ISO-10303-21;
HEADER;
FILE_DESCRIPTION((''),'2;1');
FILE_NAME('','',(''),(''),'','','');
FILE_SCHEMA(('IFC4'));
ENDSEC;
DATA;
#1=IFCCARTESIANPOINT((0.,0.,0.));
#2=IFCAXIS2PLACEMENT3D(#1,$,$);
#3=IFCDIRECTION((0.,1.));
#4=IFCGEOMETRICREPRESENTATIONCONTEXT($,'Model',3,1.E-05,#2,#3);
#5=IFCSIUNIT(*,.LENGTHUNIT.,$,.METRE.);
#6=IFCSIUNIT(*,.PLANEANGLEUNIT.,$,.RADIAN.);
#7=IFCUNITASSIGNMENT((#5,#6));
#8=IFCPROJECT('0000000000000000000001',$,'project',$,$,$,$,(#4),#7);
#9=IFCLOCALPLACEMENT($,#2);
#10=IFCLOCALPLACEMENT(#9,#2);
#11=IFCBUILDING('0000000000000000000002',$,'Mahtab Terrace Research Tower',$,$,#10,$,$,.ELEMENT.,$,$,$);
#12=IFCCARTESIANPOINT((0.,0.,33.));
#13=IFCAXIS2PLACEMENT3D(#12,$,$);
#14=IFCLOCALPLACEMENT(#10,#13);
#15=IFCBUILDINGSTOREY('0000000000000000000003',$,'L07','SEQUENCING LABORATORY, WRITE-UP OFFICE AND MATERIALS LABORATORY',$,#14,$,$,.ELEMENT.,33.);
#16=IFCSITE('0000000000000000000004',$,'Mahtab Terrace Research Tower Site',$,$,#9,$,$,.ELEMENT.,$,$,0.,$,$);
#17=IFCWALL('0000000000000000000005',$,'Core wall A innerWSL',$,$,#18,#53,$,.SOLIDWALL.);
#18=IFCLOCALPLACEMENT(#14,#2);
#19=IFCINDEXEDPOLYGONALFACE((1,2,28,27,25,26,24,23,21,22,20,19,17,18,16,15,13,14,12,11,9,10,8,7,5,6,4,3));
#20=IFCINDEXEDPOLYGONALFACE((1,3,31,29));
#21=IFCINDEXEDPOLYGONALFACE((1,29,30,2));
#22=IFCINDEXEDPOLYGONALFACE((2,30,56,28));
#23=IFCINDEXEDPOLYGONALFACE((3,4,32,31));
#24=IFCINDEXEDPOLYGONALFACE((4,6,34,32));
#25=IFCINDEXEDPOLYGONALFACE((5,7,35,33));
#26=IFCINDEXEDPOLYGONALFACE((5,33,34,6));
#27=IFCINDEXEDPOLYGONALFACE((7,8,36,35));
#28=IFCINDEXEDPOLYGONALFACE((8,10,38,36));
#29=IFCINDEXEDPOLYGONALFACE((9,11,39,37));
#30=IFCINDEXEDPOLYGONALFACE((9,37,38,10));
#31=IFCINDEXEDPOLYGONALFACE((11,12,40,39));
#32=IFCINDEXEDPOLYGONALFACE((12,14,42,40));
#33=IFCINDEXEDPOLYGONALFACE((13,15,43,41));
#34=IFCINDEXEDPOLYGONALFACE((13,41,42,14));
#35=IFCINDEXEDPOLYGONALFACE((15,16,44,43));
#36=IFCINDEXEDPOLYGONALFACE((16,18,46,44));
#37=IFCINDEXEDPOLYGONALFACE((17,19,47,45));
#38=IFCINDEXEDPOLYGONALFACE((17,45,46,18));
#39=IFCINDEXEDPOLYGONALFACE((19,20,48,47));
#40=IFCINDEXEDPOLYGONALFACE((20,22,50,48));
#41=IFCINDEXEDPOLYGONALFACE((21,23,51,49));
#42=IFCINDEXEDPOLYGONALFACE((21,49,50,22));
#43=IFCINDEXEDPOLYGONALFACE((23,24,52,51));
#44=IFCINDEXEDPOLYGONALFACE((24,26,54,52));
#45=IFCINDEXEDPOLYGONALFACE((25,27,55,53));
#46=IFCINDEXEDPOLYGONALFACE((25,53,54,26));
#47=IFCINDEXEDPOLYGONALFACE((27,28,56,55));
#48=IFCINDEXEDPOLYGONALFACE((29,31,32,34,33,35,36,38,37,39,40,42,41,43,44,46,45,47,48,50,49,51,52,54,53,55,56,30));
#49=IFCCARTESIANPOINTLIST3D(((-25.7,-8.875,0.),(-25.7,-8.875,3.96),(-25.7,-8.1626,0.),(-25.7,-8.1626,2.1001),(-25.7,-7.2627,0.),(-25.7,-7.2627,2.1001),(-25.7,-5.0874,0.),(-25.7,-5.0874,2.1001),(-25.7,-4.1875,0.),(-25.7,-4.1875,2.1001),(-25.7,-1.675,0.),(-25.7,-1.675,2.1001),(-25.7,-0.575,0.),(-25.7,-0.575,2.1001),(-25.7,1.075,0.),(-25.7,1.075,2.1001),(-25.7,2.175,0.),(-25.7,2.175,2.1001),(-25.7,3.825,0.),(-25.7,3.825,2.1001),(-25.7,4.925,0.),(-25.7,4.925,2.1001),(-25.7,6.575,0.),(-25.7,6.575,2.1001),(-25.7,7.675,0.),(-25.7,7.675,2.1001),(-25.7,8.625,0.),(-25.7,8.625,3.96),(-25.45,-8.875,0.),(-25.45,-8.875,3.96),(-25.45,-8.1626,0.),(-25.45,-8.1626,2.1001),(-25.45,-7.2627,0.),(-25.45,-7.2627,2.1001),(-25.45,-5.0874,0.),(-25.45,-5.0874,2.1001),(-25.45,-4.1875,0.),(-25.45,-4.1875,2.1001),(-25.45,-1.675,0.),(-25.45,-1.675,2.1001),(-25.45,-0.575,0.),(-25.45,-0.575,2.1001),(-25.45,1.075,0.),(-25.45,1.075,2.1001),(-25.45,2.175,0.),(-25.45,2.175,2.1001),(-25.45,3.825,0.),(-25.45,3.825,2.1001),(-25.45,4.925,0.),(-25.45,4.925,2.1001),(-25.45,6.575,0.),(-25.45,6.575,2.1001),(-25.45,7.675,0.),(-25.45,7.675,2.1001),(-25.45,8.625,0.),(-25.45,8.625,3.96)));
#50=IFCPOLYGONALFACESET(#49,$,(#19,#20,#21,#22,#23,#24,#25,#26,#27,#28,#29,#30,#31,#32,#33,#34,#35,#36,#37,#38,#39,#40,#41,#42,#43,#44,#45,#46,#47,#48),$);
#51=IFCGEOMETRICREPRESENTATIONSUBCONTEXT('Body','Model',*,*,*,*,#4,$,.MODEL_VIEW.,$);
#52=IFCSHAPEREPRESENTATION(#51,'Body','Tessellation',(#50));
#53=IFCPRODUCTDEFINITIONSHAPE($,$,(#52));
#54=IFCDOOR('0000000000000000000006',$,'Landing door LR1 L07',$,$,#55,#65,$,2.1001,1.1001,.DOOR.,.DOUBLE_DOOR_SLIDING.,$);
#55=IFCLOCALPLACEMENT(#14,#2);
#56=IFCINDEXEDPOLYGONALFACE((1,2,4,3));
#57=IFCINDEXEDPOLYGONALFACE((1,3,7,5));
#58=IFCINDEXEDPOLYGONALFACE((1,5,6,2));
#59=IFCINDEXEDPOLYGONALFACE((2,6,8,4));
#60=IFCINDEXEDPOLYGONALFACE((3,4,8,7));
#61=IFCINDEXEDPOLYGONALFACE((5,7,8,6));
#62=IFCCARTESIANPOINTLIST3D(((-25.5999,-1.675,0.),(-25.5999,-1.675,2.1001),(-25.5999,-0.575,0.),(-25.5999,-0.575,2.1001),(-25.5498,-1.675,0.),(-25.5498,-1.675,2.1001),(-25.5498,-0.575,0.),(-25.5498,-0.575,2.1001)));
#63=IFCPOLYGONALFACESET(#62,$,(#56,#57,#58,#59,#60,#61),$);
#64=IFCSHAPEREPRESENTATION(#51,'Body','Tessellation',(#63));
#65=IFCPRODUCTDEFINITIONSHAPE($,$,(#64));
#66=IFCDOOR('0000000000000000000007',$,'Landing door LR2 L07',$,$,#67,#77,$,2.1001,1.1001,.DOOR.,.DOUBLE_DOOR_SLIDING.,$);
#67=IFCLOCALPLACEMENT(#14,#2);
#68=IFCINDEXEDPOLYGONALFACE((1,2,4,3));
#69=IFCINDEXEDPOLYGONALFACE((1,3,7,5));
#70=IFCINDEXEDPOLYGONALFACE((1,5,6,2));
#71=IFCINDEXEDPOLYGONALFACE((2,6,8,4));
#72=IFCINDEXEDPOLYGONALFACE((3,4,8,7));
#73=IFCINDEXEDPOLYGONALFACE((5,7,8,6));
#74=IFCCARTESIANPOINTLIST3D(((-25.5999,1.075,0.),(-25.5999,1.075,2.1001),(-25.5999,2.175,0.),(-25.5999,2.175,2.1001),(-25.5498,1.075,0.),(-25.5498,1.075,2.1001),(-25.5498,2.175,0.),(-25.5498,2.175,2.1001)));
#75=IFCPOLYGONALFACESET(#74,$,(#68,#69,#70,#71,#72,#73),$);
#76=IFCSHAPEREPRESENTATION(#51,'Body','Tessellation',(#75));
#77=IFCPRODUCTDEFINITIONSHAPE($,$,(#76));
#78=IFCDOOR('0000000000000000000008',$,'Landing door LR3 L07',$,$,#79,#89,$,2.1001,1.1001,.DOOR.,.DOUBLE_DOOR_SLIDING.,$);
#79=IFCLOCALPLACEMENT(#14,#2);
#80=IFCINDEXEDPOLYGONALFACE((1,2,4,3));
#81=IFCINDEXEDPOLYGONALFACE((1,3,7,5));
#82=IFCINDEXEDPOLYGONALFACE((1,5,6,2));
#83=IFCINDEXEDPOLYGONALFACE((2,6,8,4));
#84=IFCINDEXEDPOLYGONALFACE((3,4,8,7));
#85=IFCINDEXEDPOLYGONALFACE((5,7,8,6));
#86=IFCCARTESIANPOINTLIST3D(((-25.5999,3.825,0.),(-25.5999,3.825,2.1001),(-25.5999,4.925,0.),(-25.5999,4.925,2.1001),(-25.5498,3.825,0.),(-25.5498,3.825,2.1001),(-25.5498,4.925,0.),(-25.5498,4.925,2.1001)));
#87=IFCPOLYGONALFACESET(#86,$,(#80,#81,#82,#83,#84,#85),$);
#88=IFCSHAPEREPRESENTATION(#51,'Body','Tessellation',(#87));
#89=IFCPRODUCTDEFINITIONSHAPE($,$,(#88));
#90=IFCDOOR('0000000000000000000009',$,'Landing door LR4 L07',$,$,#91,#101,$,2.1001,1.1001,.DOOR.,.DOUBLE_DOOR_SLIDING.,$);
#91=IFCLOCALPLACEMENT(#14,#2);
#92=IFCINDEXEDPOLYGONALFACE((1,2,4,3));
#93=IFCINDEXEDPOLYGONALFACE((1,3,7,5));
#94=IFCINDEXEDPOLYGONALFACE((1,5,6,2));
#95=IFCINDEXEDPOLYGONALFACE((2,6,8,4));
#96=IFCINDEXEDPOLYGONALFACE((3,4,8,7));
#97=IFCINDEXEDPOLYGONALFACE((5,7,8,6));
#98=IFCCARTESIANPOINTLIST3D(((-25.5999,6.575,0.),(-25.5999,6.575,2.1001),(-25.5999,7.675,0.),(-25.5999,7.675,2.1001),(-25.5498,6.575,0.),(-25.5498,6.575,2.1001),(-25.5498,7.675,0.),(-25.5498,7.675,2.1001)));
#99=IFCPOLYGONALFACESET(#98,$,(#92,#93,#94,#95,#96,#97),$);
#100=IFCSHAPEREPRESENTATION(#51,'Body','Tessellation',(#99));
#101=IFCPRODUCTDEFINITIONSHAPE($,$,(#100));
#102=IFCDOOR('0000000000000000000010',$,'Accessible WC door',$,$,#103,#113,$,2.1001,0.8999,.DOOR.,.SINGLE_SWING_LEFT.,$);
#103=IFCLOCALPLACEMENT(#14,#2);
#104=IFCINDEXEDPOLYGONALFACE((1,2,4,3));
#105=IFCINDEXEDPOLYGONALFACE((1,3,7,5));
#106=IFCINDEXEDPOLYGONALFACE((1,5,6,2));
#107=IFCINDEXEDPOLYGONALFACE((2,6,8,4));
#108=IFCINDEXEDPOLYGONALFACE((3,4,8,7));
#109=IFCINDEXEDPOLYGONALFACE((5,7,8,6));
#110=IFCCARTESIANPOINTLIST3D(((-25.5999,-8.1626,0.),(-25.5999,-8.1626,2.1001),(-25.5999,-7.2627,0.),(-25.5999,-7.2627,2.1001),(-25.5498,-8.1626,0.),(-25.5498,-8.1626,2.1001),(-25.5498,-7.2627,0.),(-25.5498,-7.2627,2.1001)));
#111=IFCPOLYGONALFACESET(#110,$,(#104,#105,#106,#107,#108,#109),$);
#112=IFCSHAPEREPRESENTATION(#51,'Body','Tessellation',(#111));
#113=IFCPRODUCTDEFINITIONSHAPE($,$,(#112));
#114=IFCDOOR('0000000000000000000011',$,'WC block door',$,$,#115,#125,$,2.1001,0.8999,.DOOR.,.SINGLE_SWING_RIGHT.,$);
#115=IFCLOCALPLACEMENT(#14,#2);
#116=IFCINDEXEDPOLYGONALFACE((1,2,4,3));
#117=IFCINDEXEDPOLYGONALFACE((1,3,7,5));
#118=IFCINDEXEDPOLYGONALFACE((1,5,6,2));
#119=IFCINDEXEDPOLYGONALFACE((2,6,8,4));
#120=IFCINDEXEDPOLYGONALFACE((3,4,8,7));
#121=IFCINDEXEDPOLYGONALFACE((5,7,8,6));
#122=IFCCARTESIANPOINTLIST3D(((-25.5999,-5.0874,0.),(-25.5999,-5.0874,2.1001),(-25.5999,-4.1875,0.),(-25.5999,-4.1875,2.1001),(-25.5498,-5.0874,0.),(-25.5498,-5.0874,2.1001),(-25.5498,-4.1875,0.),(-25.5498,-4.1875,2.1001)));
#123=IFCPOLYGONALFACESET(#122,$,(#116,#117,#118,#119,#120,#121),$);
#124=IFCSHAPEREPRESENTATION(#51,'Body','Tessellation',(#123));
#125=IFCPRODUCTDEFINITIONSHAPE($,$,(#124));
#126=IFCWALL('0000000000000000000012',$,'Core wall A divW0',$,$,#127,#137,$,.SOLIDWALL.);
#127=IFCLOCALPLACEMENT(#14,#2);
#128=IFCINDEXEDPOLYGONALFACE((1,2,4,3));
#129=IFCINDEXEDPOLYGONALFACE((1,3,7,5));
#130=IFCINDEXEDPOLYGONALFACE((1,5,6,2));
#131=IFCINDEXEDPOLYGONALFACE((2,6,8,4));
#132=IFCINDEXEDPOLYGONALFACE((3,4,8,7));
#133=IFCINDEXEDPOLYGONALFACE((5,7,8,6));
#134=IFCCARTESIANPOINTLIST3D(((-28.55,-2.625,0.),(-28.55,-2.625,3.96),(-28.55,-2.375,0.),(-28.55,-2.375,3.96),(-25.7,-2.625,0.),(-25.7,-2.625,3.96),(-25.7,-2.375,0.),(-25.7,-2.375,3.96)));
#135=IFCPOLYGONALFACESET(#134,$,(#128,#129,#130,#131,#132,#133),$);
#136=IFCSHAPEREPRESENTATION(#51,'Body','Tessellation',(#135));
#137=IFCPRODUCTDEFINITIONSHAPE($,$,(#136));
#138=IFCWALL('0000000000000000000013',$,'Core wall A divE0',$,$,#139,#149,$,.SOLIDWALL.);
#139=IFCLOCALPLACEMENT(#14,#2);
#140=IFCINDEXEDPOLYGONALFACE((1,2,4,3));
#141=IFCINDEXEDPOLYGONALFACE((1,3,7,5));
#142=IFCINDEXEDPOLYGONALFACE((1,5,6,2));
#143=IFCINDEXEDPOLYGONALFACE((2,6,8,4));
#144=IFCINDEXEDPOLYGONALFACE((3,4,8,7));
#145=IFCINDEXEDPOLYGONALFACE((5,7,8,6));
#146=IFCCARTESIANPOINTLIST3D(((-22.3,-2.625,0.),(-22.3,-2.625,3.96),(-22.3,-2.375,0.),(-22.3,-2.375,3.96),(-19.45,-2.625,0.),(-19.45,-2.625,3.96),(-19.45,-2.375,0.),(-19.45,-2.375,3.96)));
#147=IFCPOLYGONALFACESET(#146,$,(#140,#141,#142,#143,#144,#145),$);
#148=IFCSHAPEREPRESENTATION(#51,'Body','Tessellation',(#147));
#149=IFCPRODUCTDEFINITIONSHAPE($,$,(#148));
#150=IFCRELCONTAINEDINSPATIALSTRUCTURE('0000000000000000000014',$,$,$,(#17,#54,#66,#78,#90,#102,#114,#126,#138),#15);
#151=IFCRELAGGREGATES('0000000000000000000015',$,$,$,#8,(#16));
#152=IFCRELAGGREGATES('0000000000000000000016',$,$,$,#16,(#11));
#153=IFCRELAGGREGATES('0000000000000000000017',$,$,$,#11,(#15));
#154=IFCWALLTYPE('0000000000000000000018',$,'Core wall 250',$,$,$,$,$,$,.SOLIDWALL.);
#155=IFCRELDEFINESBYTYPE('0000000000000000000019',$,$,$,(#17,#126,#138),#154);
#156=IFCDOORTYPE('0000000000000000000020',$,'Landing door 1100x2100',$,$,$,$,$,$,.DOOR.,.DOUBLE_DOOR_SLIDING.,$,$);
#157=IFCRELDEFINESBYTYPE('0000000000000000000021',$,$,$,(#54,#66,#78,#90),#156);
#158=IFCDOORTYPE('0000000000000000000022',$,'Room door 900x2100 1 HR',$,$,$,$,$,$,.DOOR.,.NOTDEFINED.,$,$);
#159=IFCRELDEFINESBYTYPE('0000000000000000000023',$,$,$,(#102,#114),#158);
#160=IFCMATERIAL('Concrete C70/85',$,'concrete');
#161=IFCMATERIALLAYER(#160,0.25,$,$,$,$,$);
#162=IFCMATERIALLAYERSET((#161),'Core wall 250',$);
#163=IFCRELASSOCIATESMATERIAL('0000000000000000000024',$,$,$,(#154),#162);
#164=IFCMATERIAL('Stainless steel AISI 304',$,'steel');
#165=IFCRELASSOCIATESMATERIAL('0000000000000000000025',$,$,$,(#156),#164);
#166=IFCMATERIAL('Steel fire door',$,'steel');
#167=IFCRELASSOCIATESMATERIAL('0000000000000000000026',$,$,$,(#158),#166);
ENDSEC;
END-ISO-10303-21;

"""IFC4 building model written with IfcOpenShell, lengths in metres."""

from ifc_helpers import new_model, si_unit, direction, frame, frame_2d, origin, place, context, subcontext, project, spatial, rectangle, extrude, material, layer, layer_set, type_object, element, fill, save


model = new_model("IFC4")

# Units and contexts
model_context = context("Model", 3, precision=1e-05, world=origin(), true_north=direction((0.0, 1.0)))
body_context = subcontext(model_context, "Body", "Model", "MODEL_VIEW")
ifc_project = project(units=[si_unit("LENGTHUNIT", "METRE"), si_unit("PLANEANGLEUNIT", "RADIAN")], contexts=[model_context])

# Site, building, storey
site_placement = place(None, origin())
site = spatial("IfcSite", under=ifc_project, at=site_placement, Name="Mahtab Terrace Research Tower Site", CompositionType="ELEMENT", RefElevation=0.0)
building_placement = place(site_placement, origin())
building = spatial("IfcBuilding", under=site, at=building_placement, Name="Mahtab Terrace Research Tower", CompositionType="ELEMENT")
storey_placement = place(building_placement, frame((0.0, 0.0, 33.0)))
storey = spatial("IfcBuildingStorey", under=building, at=storey_placement, Name="L07", Description="SEQUENCING LABORATORY, WRITE-UP OFFICE AND MATERIALS LABORATORY", CompositionType="ELEMENT", Elevation=33.0)

# Shared definitions
ifc_material_1 = material(Name="Concrete C70/85", Category="concrete")

# Shared definitions
ifc_layer_1 = layer(ifc_material_1, 0.25)
ifc_layer_set_1 = layer_set([ifc_layer_1], Name="Core wall 250")
wall_type_1 = type_object("IfcWallType", Name="Core wall 250", PredefinedType="SOLIDWALL", material=ifc_layer_set_1)

# Shared definitions
ifc_material_2 = material(Name="Steel fire door", Category="steel")

# Wall, openings, doors
wall_1_placement = place(storey_placement, frame((-25.575, -8.875, 0.0), z_axis=(0.0, 0.0, 1.0), x_axis=(0.0, 1.0, 0.0)))
wall_1 = element("IfcWall", 1, at=wall_1_placement, inside=storey, type_object=wall_type_1, Name="Core wall A innerWSL", PredefinedType="SOLIDWALL", context=body_context, shape_type="SweptSolid", body=[
    extrude(rectangle(XDim=17.5, YDim=0.25, at=frame_2d((8.75, 0.0))), origin(), (0.0, 0.0, 1.0), 3.96),
])
opening_1_placement = place(wall_1_placement, frame((7.2, 0.0, 0.0)))
opening_1 = element("IfcOpeningElement", 2, at=opening_1_placement, cuts=wall_1, PredefinedType="OPENING", context=body_context, shape_type="SweptSolid", body=[
    extrude(rectangle(XDim=1.1001, YDim=2.1001, at=frame_2d((0.55, 1.05))), frame((0.0, 0.135, 0.0), z_axis=(0.0, -1.0, 0.0), x_axis=(1.0, 0.0, 0.0)), (0.0, 0.0, 1.0), 0.27),
])
opening_2_placement = place(wall_1_placement, frame((9.95, 0.0, 0.0)))
opening_2 = element("IfcOpeningElement", 3, at=opening_2_placement, cuts=wall_1, PredefinedType="OPENING", context=body_context, shape_type="SweptSolid", body=[
    extrude(rectangle(XDim=1.1001, YDim=2.1001, at=frame_2d((0.55, 1.05))), frame((0.0, 0.135, 0.0), z_axis=(0.0, -1.0, 0.0), x_axis=(1.0, 0.0, 0.0)), (0.0, 0.0, 1.0), 0.27),
])
opening_3_placement = place(wall_1_placement, frame((12.7, 0.0, 0.0)))
opening_3 = element("IfcOpeningElement", 4, at=opening_3_placement, cuts=wall_1, PredefinedType="OPENING", context=body_context, shape_type="SweptSolid", body=[
    extrude(rectangle(XDim=1.1001, YDim=2.1001, at=frame_2d((0.55, 1.05))), frame((0.0, 0.135, 0.0), z_axis=(0.0, -1.0, 0.0), x_axis=(1.0, 0.0, 0.0)), (0.0, 0.0, 1.0), 0.27),
])
opening_4_placement = place(wall_1_placement, frame((15.45, 0.0, 0.0)))
opening_4 = element("IfcOpeningElement", 5, at=opening_4_placement, cuts=wall_1, PredefinedType="OPENING", context=body_context, shape_type="SweptSolid", body=[
    extrude(rectangle(XDim=1.1001, YDim=2.1001, at=frame_2d((0.55, 1.05))), frame((0.0, 0.135, 0.0), z_axis=(0.0, -1.0, 0.0), x_axis=(1.0, 0.0, 0.0)), (0.0, 0.0, 1.0), 0.27),
])
opening_5_placement = place(wall_1_placement, frame((0.7124, 0.0, 0.0)))
opening_5 = element("IfcOpeningElement", 6, at=opening_5_placement, cuts=wall_1, PredefinedType="OPENING", context=body_context, shape_type="SweptSolid", body=[
    extrude(rectangle(XDim=0.8999, YDim=2.1001, at=frame_2d((0.45, 1.05))), frame((0.0, 0.135, 0.0), z_axis=(0.0, -1.0, 0.0), x_axis=(1.0, 0.0, 0.0)), (0.0, 0.0, 1.0), 0.27),
])
opening_6_placement = place(wall_1_placement, frame((3.7876, 0.0, 0.0)))
opening_6 = element("IfcOpeningElement", 7, at=opening_6_placement, cuts=wall_1, PredefinedType="OPENING", context=body_context, shape_type="SweptSolid", body=[
    extrude(rectangle(XDim=0.8999, YDim=2.1001, at=frame_2d((0.45, 1.05))), frame((0.0, 0.135, 0.0), z_axis=(0.0, -1.0, 0.0), x_axis=(1.0, 0.0, 0.0)), (0.0, 0.0, 1.0), 0.27),
])
ifc_material_3 = material(Name="Stainless steel AISI 304", Category="steel")
door_type_1 = type_object("IfcDoorType", Name="Landing door 1100x2100", OperationType="DOUBLE_DOOR_SLIDING", PredefinedType="DOOR", material=ifc_material_3)
door_1_placement = place(opening_1_placement, origin())
door_1 = element("IfcDoor", 8, at=door_1_placement, inside=storey, type_object=door_type_1, Name="Landing door LR1 L07", OperationType="DOUBLE_DOOR_SLIDING", OverallHeight=2.1001, OverallWidth=1.1001, PredefinedType="DOOR", context=body_context, shape_type="SweptSolid", body=[
    extrude(rectangle(XDim=1.1001, YDim=2.1001, at=frame_2d((0.55, 1.05))), frame((0.0, 0.0249, 0.0), z_axis=(0.0, -1.0, 0.0), x_axis=(1.0, 0.0, 0.0)), (0.0, 0.0, 1.0), 0.05),
])
fill(opening_1, door_1)
door_2_placement = place(opening_2_placement, origin())
door_2 = element("IfcDoor", 9, at=door_2_placement, inside=storey, type_object=door_type_1, Name="Landing door LR2 L07", OperationType="DOUBLE_DOOR_SLIDING", OverallHeight=2.1001, OverallWidth=1.1001, PredefinedType="DOOR", context=body_context, shape_type="SweptSolid", body=[
    extrude(rectangle(XDim=1.1001, YDim=2.1001, at=frame_2d((0.55, 1.05))), frame((0.0, 0.0249, 0.0), z_axis=(0.0, -1.0, 0.0), x_axis=(1.0, 0.0, 0.0)), (0.0, 0.0, 1.0), 0.05),
])
fill(opening_2, door_2)
door_3_placement = place(opening_3_placement, origin())
door_3 = element("IfcDoor", 10, at=door_3_placement, inside=storey, type_object=door_type_1, Name="Landing door LR3 L07", OperationType="DOUBLE_DOOR_SLIDING", OverallHeight=2.1001, OverallWidth=1.1001, PredefinedType="DOOR", context=body_context, shape_type="SweptSolid", body=[
    extrude(rectangle(XDim=1.1001, YDim=2.1001, at=frame_2d((0.55, 1.05))), frame((0.0, 0.0249, 0.0), z_axis=(0.0, -1.0, 0.0), x_axis=(1.0, 0.0, 0.0)), (0.0, 0.0, 1.0), 0.05),
])
fill(opening_3, door_3)
door_4_placement = place(opening_4_placement, origin())
door_4 = element("IfcDoor", 11, at=door_4_placement, inside=storey, type_object=door_type_1, Name="Landing door LR4 L07", OperationType="DOUBLE_DOOR_SLIDING", OverallHeight=2.1001, OverallWidth=1.1001, PredefinedType="DOOR", context=body_context, shape_type="SweptSolid", body=[
    extrude(rectangle(XDim=1.1001, YDim=2.1001, at=frame_2d((0.55, 1.05))), frame((0.0, 0.0249, 0.0), z_axis=(0.0, -1.0, 0.0), x_axis=(1.0, 0.0, 0.0)), (0.0, 0.0, 1.0), 0.05),
])
fill(opening_4, door_4)
door_type_2 = type_object("IfcDoorType", Name="Room door 900x2100 1 HR", OperationType="NOTDEFINED", PredefinedType="DOOR", material=ifc_material_2)
door_5_placement = place(opening_5_placement, origin())
door_5 = element("IfcDoor", 12, at=door_5_placement, inside=storey, type_object=door_type_2, Name="Accessible WC door", OperationType="SINGLE_SWING_LEFT", OverallHeight=2.1001, OverallWidth=0.8999, PredefinedType="DOOR", context=body_context, shape_type="SweptSolid", body=[
    extrude(rectangle(XDim=0.8999, YDim=2.1001, at=frame_2d((0.45, 1.05))), frame((0.0, 0.0249, 0.0), z_axis=(0.0, -1.0, 0.0), x_axis=(1.0, 0.0, 0.0)), (0.0, 0.0, 1.0), 0.05),
])
fill(opening_5, door_5)
door_6_placement = place(opening_6_placement, origin())
door_6 = element("IfcDoor", 13, at=door_6_placement, inside=storey, type_object=door_type_2, Name="WC block door", OperationType="SINGLE_SWING_RIGHT", OverallHeight=2.1001, OverallWidth=0.8999, PredefinedType="DOOR", context=body_context, shape_type="SweptSolid", body=[
    extrude(rectangle(XDim=0.8999, YDim=2.1001, at=frame_2d((0.45, 1.05))), frame((0.0, 0.0249, 0.0), z_axis=(0.0, -1.0, 0.0), x_axis=(1.0, 0.0, 0.0)), (0.0, 0.0, 1.0), 0.05),
])
fill(opening_6, door_6)

# Walls
for number, where, z_axis, x_axis, name in (
    (14, (-28.55, -2.5, 0.0), (0.0, 0.0, 1.0), (1.0, 0.0, 0.0), "Core wall A divW0"),
    (15, (-22.3, -2.5, 0.0), (0.0, 0.0, 1.0), (1.0, 0.0, 0.0), "Core wall A divE0"),
):
    element("IfcWall", number, at=place(storey_placement, frame(where, z_axis=z_axis, x_axis=x_axis)), inside=storey, type_object=wall_type_1, Name=name, PredefinedType="SOLIDWALL", context=body_context, shape_type="SweptSolid", body=[
        extrude(rectangle(XDim=2.8501, YDim=0.25, at=frame_2d((1.425, 0.0))), origin(), (0.0, 0.0, 1.0), 3.96),
    ])

save(model, "model.ifc")
